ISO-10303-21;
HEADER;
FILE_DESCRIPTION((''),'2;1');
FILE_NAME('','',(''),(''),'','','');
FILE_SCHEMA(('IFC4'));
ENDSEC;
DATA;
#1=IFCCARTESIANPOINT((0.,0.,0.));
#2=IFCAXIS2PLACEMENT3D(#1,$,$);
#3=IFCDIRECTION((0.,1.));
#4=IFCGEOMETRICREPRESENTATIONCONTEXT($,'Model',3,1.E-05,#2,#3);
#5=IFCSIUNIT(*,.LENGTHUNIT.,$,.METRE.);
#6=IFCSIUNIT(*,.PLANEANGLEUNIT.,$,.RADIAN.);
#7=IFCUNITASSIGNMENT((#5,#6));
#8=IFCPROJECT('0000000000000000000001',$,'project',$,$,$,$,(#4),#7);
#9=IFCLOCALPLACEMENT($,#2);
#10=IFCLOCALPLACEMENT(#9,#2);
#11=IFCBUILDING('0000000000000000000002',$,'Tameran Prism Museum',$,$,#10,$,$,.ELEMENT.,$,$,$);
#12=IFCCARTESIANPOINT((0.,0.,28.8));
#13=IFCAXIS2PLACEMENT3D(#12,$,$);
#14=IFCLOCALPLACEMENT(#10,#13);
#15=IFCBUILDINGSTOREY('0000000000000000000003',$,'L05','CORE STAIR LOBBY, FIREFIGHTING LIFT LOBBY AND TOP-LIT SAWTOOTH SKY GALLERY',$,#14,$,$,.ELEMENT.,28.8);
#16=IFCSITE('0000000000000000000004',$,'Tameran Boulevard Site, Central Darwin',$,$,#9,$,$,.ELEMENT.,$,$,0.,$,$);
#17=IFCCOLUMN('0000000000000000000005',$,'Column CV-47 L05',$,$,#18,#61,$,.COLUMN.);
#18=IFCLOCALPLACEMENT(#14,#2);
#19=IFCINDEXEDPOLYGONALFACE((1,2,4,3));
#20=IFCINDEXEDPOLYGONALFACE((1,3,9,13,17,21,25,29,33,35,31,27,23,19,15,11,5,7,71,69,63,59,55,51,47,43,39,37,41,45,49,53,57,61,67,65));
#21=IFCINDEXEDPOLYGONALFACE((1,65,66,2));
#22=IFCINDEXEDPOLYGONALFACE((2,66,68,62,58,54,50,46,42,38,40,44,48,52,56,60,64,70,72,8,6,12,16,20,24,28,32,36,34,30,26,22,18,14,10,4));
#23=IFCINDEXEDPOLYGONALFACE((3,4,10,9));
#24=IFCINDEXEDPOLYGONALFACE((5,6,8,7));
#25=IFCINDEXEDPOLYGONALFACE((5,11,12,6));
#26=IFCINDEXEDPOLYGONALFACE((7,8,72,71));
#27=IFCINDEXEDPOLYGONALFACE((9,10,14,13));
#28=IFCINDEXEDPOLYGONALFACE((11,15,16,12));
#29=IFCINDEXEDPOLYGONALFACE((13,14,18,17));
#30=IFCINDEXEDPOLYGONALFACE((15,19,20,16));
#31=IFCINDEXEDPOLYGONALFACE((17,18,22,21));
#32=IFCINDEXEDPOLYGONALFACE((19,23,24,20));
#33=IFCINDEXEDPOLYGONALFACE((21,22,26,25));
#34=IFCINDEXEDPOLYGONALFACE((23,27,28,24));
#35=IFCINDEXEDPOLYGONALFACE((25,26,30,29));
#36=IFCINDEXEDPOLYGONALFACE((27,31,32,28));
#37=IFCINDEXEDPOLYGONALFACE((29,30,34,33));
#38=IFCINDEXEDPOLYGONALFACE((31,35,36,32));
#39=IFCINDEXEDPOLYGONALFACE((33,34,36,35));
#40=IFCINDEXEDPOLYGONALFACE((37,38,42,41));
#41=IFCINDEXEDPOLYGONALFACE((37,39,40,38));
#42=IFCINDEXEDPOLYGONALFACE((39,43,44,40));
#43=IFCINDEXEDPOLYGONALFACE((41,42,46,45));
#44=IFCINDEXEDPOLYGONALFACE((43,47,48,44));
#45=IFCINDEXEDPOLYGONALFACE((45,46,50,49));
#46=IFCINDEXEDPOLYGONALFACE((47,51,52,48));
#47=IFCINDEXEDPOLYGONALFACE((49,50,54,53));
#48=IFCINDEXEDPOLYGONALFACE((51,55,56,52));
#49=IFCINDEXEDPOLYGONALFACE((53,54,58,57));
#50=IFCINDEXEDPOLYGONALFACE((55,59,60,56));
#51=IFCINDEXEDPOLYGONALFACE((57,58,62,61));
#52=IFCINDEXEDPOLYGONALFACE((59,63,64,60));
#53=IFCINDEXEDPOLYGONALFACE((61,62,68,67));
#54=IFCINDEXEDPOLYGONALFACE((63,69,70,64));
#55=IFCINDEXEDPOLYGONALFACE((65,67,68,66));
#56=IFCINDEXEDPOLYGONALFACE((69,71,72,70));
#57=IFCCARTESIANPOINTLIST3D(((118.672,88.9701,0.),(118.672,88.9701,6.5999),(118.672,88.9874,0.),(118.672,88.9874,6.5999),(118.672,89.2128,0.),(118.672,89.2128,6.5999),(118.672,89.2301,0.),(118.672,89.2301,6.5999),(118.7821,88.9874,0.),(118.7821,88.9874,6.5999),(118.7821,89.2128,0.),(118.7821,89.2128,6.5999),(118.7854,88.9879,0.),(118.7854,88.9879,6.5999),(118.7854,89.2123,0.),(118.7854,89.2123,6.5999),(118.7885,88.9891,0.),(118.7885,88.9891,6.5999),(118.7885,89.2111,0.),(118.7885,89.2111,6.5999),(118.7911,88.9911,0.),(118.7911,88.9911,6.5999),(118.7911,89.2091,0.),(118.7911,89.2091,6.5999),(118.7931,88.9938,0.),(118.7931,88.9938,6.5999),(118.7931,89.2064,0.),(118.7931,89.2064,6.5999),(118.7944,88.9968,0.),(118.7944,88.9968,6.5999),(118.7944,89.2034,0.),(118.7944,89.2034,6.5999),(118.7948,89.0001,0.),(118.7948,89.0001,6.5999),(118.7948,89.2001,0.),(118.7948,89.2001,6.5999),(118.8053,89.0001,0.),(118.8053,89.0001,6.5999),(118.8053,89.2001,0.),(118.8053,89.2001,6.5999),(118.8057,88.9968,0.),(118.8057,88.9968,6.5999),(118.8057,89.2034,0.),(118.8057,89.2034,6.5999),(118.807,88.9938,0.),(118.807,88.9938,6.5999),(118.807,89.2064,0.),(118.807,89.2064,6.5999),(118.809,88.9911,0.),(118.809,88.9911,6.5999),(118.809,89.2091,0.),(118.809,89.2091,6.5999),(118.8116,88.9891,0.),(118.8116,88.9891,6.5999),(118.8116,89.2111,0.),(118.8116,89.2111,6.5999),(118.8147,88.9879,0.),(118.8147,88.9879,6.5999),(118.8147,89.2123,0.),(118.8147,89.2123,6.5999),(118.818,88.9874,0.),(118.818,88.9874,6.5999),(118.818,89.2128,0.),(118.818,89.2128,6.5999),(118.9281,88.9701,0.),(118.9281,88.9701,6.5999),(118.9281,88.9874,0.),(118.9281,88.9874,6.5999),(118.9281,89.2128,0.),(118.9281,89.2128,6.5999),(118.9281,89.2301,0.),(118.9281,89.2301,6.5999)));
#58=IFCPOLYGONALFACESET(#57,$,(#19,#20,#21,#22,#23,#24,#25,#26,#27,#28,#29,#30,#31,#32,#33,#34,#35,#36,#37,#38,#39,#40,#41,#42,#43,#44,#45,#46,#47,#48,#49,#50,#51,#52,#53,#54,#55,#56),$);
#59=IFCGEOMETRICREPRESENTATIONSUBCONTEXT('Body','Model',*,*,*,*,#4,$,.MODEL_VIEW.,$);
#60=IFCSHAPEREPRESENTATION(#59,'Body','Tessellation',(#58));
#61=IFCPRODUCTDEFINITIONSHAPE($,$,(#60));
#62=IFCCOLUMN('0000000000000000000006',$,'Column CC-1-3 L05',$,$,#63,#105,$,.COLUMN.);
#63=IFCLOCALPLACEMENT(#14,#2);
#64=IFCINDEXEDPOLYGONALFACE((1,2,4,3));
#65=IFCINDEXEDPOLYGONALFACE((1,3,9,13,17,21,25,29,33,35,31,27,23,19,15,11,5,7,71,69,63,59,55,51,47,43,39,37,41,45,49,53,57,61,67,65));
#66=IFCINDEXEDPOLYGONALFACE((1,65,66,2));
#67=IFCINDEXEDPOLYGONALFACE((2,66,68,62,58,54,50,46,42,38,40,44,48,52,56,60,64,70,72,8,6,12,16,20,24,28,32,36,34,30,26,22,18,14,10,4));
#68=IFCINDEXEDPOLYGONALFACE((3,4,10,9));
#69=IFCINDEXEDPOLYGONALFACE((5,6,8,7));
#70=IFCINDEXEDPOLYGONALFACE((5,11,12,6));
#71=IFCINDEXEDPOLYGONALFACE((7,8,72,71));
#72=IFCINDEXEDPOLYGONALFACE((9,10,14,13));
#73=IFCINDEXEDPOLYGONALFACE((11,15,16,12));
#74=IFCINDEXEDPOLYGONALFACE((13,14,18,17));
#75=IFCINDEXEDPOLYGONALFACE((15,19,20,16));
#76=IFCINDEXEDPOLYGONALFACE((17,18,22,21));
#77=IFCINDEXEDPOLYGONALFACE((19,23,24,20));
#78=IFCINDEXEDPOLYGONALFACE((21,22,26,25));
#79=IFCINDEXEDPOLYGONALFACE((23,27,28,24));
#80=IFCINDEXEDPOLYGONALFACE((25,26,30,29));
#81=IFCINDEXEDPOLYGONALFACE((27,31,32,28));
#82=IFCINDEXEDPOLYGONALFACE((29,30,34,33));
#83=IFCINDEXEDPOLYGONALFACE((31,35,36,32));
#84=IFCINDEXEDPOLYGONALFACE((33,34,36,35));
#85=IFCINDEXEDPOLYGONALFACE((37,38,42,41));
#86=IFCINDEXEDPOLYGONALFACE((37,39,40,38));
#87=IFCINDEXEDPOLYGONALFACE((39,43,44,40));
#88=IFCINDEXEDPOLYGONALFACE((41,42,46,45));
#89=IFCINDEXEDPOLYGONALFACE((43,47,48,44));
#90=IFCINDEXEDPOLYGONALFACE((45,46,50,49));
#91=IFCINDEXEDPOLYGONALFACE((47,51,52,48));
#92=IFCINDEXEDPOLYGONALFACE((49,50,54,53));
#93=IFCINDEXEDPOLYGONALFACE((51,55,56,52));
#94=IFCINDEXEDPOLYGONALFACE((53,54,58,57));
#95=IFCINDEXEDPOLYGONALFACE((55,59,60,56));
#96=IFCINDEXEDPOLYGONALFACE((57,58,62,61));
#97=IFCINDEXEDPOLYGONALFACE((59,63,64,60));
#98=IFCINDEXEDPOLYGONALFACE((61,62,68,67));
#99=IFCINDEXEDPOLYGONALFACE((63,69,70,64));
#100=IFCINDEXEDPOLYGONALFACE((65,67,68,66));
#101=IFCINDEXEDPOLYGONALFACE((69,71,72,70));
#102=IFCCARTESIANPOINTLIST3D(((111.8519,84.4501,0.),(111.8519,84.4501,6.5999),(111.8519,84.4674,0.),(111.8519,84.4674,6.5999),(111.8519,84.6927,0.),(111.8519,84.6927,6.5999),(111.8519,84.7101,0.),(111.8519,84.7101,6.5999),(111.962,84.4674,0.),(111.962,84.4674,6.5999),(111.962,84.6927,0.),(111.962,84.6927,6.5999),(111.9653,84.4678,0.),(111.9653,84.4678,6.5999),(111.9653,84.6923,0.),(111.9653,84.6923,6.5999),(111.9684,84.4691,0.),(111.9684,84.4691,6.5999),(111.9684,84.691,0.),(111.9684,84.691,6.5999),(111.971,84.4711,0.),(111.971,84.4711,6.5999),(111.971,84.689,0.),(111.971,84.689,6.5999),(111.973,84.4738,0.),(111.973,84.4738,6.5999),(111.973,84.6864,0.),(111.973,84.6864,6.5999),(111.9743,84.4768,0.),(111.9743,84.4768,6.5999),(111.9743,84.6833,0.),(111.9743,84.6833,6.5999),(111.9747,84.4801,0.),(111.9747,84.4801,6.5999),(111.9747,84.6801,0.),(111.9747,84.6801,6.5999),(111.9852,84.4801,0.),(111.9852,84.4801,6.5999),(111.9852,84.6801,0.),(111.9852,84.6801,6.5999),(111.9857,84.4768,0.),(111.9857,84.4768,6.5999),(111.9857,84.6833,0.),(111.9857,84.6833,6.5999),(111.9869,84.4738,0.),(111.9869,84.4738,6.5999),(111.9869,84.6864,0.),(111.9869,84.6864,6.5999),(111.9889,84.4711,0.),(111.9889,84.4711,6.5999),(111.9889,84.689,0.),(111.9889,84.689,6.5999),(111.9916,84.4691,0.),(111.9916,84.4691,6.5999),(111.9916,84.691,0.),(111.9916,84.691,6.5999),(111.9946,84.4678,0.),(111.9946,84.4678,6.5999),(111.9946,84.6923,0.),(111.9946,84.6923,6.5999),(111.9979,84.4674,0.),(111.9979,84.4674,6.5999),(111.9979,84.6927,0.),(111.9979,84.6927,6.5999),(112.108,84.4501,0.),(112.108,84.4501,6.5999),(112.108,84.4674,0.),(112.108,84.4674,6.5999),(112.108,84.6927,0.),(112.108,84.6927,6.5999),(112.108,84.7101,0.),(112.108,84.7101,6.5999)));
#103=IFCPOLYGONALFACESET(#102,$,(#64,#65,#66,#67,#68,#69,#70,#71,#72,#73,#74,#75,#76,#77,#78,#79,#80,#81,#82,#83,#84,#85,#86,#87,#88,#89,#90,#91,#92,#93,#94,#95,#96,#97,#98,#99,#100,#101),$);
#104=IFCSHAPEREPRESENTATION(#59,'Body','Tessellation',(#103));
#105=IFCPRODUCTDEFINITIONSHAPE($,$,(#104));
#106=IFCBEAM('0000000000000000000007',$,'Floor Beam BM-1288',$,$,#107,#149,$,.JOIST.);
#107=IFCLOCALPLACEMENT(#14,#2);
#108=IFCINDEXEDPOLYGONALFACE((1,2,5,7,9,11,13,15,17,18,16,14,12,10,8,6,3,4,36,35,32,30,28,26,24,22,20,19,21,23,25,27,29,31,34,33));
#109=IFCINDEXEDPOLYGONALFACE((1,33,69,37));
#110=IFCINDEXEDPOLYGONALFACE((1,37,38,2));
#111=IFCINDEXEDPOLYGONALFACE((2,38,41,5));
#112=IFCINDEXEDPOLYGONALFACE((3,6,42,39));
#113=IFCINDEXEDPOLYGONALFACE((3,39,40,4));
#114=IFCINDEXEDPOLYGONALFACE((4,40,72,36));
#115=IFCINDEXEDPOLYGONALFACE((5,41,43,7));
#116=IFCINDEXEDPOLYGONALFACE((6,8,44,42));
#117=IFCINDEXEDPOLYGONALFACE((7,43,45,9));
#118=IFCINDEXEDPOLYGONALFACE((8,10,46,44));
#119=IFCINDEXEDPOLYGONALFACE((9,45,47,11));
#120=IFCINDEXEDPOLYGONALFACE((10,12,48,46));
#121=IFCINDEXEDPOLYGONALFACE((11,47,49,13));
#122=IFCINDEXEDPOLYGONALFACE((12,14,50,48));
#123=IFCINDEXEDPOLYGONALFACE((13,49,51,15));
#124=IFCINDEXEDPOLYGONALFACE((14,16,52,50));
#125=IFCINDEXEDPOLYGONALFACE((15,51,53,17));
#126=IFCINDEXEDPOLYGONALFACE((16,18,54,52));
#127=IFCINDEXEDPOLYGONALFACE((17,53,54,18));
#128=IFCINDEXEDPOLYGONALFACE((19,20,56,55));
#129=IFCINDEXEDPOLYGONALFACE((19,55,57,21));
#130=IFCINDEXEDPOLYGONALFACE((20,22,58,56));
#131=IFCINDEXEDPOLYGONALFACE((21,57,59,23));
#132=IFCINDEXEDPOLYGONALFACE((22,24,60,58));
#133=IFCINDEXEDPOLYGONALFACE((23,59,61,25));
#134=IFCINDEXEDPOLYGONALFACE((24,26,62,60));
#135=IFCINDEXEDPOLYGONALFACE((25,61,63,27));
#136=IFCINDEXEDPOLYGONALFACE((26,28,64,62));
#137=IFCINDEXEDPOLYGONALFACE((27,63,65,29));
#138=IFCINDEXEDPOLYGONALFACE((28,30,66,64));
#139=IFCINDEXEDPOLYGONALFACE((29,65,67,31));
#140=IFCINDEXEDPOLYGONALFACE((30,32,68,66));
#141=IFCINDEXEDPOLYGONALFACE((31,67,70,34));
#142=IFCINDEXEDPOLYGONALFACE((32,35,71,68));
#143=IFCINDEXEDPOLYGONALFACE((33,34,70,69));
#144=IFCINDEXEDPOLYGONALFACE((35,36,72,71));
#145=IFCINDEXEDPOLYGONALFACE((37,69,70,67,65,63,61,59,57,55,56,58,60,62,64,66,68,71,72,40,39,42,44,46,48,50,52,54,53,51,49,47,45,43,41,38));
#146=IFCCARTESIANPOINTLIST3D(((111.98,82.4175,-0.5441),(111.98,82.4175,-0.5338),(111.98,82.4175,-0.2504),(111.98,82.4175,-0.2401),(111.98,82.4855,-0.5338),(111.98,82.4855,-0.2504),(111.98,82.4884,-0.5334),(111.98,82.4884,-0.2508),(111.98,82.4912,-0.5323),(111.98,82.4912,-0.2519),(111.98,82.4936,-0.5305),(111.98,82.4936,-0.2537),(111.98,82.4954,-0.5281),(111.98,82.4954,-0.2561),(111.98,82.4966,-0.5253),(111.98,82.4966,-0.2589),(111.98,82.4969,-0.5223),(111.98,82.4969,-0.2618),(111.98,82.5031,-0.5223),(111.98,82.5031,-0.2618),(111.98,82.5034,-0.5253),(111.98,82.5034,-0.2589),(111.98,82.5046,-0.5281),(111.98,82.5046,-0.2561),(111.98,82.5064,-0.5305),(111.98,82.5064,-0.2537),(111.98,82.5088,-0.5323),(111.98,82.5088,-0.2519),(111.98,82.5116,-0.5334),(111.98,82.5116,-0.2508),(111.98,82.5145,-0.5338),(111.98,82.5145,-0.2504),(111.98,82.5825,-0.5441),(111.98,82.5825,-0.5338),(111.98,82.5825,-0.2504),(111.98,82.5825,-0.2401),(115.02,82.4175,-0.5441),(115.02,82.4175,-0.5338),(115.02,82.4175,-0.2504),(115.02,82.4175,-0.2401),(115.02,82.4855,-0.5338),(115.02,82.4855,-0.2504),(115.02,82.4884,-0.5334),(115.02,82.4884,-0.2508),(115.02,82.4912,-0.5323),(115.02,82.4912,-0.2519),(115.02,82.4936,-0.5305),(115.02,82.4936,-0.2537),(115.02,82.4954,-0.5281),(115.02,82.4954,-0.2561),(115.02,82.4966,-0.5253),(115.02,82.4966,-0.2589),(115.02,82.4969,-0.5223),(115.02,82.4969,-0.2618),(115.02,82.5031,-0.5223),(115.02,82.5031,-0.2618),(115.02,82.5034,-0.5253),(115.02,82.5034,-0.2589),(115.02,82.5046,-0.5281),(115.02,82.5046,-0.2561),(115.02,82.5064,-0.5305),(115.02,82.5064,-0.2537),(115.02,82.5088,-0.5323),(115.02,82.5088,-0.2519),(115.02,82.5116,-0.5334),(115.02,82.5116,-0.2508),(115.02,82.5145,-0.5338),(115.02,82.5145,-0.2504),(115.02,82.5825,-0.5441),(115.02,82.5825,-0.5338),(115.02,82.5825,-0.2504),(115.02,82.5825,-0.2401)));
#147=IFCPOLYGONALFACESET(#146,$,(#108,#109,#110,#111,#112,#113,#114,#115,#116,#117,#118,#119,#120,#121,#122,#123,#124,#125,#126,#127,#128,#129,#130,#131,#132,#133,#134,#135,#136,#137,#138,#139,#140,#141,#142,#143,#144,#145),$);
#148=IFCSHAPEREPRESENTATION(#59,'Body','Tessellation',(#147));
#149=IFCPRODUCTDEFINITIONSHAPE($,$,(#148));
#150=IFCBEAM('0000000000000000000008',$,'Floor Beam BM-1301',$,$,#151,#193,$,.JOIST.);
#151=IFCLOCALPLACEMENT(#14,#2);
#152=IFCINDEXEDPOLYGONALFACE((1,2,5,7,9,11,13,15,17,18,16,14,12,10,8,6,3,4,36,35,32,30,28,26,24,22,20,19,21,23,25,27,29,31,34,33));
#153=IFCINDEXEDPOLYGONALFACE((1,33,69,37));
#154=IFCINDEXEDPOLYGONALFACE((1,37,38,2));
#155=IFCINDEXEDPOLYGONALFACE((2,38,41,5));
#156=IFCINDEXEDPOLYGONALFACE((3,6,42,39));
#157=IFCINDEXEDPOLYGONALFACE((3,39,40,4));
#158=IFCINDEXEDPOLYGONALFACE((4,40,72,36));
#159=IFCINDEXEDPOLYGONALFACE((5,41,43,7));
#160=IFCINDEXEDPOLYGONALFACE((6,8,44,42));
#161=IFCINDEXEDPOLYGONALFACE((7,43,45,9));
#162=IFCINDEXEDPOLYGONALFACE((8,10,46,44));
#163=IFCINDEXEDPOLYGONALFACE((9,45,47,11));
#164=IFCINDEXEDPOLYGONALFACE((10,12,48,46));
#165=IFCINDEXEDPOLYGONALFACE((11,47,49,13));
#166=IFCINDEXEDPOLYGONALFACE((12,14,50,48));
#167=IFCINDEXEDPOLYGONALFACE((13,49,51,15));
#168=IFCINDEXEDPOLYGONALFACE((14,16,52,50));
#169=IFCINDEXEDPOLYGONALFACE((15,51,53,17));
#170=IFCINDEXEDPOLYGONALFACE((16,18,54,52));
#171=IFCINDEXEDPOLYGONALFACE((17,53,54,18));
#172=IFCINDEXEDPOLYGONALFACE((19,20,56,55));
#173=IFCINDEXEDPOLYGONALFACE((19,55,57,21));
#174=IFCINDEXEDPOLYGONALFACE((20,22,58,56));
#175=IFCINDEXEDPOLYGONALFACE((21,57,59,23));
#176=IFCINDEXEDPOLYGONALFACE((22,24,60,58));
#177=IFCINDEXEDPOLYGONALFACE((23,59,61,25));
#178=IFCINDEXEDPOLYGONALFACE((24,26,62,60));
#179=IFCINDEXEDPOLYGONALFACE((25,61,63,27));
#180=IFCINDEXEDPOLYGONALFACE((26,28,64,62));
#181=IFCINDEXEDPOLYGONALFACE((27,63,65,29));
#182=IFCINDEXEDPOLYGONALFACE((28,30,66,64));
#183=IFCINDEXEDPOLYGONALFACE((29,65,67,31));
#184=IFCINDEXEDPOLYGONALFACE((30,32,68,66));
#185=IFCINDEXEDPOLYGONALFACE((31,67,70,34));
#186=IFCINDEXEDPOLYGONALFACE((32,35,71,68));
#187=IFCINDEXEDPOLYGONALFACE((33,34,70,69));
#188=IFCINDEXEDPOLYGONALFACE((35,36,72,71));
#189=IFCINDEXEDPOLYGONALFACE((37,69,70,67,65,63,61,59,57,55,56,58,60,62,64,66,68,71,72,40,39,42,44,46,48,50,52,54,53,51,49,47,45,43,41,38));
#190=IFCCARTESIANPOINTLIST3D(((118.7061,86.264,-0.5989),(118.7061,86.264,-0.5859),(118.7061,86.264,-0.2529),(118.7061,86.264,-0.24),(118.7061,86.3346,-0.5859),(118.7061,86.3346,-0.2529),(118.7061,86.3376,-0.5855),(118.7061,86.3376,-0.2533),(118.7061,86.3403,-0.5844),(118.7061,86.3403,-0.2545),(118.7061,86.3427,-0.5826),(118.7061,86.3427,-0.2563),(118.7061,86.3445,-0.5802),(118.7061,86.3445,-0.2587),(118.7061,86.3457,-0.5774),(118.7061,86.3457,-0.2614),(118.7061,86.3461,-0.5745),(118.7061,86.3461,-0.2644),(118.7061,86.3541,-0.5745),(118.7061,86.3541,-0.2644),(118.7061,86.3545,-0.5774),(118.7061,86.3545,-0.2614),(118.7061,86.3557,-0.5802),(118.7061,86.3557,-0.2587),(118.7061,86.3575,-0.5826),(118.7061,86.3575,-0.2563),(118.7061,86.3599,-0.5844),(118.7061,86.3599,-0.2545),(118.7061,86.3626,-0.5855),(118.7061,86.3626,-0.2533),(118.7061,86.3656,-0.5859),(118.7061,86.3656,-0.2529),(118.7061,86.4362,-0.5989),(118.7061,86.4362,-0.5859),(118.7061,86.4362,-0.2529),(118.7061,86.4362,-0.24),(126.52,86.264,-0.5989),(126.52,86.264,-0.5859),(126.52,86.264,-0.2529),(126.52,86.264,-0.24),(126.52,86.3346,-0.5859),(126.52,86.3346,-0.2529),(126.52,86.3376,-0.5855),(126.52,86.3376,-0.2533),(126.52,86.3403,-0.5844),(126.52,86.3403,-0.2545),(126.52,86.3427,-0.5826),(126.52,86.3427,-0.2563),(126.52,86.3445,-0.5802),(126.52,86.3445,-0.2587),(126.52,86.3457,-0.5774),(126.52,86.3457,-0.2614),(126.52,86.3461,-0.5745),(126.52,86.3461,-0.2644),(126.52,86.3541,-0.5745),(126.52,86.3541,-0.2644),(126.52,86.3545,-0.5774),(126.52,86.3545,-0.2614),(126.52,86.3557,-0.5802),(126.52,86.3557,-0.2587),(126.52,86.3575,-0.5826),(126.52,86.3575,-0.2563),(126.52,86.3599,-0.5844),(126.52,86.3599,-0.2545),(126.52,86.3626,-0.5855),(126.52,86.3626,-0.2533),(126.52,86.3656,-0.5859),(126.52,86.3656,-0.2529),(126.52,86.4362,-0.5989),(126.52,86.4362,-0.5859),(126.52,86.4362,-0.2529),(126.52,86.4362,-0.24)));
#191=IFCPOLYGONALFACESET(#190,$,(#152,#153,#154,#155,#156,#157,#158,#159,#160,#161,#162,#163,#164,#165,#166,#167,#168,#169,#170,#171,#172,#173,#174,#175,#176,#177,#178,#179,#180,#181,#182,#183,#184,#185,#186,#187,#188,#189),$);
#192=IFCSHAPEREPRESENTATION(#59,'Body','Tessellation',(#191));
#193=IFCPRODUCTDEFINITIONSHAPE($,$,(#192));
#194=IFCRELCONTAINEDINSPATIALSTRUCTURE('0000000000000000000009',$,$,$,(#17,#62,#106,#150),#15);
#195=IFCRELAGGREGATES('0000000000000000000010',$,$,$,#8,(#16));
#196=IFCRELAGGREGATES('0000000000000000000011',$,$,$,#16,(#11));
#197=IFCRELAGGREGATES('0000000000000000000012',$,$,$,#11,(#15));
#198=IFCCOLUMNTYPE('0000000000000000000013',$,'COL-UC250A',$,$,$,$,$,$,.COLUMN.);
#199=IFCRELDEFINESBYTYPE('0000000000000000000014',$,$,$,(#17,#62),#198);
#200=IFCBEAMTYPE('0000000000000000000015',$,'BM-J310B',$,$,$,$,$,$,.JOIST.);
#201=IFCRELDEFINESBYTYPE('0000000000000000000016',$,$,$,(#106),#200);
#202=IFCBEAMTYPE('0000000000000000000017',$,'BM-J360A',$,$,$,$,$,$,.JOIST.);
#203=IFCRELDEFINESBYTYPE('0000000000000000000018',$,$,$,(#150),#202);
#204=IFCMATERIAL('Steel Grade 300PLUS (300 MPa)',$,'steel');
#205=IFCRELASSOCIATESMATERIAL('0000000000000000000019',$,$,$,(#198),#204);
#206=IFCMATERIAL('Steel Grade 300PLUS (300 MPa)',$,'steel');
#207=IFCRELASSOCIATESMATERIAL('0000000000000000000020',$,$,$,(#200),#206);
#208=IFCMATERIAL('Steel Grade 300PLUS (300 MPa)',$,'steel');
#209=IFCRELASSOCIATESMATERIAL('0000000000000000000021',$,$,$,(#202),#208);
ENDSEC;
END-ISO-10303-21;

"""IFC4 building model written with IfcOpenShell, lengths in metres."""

from ifc_helpers import new_model, si_unit, direction, frame, origin, origin_2d, place, context, subcontext, project, spatial, i_section, extrude, material, material_profile, profile_set, type_object, element, save


model = new_model("IFC4")

# Units and contexts
model_context = context("Model", 3, precision=1e-05, world=origin(), true_north=direction((0.0, 1.0)))
body_context = subcontext(model_context, "Body", "Model", "MODEL_VIEW")
ifc_project = project(units=[si_unit("LENGTHUNIT", "METRE"), si_unit("PLANEANGLEUNIT", "RADIAN")], contexts=[model_context])

# Site, building, storey
site_placement = place(None, origin())
site = spatial("IfcSite", under=ifc_project, at=site_placement, Name="Tameran Boulevard Site, Central Darwin", CompositionType="ELEMENT", RefElevation=0.0)
building_placement = place(site_placement, origin())
building = spatial("IfcBuilding", under=site, at=building_placement, Name="Tameran Prism Museum", CompositionType="ELEMENT")
storey_placement = place(building_placement, frame((0.0, 0.0, 28.8)))
storey = spatial("IfcBuildingStorey", under=building, at=storey_placement, Name="L05", Description="CORE STAIR LOBBY, FIREFIGHTING LIFT LOBBY AND TOP-LIT SAWTOOTH SKY GALLERY", CompositionType="ELEMENT", Elevation=28.8)

# Columns
ifc_material_1 = material(Name="Steel Grade 300PLUS (300 MPa)", Category="steel")
ifc_material_profile_1 = material_profile(ifc_material_1, i_section(OverallWidth=0.2561, OverallDepth=0.26, WebThickness=0.0105, FlangeThickness=0.0173, FilletRadius=0.0127, at=origin_2d()))
ifc_profile_set_1 = profile_set([ifc_material_profile_1])
column_type = type_object("IfcColumnType", Name="COL-UC250A", PredefinedType="COLUMN", material=ifc_profile_set_1)
for number, where, z_axis, x_axis, name in (
    (1, (118.8, 89.1001, 0.0), (0.0, 0.0, 1.0), (1.0, 0.0, 0.0), "Column CV-47 L05"),
    (2, (111.98, 84.5801, 0.0), (0.0, 0.0, 1.0), (1.0, 0.0, 0.0), "Column CC-1-3 L05"),
):
    element("IfcColumn", number, at=place(storey_placement, frame(where, z_axis=z_axis, x_axis=x_axis)), inside=storey, type_object=column_type, Name=name, PredefinedType="COLUMN", context=body_context, shape_type="SweptSolid", body=[
        extrude(i_section(OverallWidth=0.2561, OverallDepth=0.26, WebThickness=0.0105, FlangeThickness=0.0173, FilletRadius=0.0127, at=origin_2d()), origin(), (0.0, 0.0, 1.0), 6.5999),
    ])

# Beams
ifc_material_2 = material(Name="Steel Grade 300PLUS (300 MPa)", Category="steel")
ifc_material_profile_2 = material_profile(ifc_material_2, i_section(OverallWidth=0.165, OverallDepth=0.304, WebThickness=0.0061, FlangeThickness=0.0103, FilletRadius=0.0115, at=origin_2d()))
ifc_profile_set_2 = profile_set([ifc_material_profile_2])
beam_type_1 = type_object("IfcBeamType", Name="BM-J310B", PredefinedType="JOIST", material=ifc_profile_set_2)
beam_1_placement = place(storey_placement, frame((111.98, 82.5, -0.3921), z_axis=(1.0, 0.0, 0.0), x_axis=(0.0, 1.0, 0.0)))
element("IfcBeam", 3, at=beam_1_placement, inside=storey, type_object=beam_type_1, Name="Floor Beam BM-1288", PredefinedType="JOIST", context=body_context, shape_type="SweptSolid", body=[
    extrude(i_section(OverallWidth=0.165, OverallDepth=0.304, WebThickness=0.0061, FlangeThickness=0.0103, FilletRadius=0.0115, at=origin_2d()), origin(), (0.0, 0.0, 1.0), 3.04),
])
ifc_material_3 = material(Name="Steel Grade 300PLUS (300 MPa)", Category="steel")
ifc_material_profile_3 = material_profile(ifc_material_3, i_section(OverallWidth=0.1721, OverallDepth=0.3589, WebThickness=0.0081, FlangeThickness=0.0129, FilletRadius=0.0115, at=origin_2d()))
ifc_profile_set_3 = profile_set([ifc_material_profile_3])
beam_type_2 = type_object("IfcBeamType", Name="BM-J360A", PredefinedType="JOIST", material=ifc_profile_set_3)
beam_2_placement = place(storey_placement, frame((118.7061, 86.3501, -0.4194), z_axis=(1.0, 0.0, 0.0), x_axis=(0.0, 1.0, 0.0)))
element("IfcBeam", 4, at=beam_2_placement, inside=storey, type_object=beam_type_2, Name="Floor Beam BM-1301", PredefinedType="JOIST", context=body_context, shape_type="SweptSolid", body=[
    extrude(i_section(OverallWidth=0.1721, OverallDepth=0.3589, WebThickness=0.0081, FlangeThickness=0.0129, FilletRadius=0.0115, at=origin_2d()), origin(), (0.0, 0.0, 1.0), 7.814),
])

save(model, "model.ifc")
